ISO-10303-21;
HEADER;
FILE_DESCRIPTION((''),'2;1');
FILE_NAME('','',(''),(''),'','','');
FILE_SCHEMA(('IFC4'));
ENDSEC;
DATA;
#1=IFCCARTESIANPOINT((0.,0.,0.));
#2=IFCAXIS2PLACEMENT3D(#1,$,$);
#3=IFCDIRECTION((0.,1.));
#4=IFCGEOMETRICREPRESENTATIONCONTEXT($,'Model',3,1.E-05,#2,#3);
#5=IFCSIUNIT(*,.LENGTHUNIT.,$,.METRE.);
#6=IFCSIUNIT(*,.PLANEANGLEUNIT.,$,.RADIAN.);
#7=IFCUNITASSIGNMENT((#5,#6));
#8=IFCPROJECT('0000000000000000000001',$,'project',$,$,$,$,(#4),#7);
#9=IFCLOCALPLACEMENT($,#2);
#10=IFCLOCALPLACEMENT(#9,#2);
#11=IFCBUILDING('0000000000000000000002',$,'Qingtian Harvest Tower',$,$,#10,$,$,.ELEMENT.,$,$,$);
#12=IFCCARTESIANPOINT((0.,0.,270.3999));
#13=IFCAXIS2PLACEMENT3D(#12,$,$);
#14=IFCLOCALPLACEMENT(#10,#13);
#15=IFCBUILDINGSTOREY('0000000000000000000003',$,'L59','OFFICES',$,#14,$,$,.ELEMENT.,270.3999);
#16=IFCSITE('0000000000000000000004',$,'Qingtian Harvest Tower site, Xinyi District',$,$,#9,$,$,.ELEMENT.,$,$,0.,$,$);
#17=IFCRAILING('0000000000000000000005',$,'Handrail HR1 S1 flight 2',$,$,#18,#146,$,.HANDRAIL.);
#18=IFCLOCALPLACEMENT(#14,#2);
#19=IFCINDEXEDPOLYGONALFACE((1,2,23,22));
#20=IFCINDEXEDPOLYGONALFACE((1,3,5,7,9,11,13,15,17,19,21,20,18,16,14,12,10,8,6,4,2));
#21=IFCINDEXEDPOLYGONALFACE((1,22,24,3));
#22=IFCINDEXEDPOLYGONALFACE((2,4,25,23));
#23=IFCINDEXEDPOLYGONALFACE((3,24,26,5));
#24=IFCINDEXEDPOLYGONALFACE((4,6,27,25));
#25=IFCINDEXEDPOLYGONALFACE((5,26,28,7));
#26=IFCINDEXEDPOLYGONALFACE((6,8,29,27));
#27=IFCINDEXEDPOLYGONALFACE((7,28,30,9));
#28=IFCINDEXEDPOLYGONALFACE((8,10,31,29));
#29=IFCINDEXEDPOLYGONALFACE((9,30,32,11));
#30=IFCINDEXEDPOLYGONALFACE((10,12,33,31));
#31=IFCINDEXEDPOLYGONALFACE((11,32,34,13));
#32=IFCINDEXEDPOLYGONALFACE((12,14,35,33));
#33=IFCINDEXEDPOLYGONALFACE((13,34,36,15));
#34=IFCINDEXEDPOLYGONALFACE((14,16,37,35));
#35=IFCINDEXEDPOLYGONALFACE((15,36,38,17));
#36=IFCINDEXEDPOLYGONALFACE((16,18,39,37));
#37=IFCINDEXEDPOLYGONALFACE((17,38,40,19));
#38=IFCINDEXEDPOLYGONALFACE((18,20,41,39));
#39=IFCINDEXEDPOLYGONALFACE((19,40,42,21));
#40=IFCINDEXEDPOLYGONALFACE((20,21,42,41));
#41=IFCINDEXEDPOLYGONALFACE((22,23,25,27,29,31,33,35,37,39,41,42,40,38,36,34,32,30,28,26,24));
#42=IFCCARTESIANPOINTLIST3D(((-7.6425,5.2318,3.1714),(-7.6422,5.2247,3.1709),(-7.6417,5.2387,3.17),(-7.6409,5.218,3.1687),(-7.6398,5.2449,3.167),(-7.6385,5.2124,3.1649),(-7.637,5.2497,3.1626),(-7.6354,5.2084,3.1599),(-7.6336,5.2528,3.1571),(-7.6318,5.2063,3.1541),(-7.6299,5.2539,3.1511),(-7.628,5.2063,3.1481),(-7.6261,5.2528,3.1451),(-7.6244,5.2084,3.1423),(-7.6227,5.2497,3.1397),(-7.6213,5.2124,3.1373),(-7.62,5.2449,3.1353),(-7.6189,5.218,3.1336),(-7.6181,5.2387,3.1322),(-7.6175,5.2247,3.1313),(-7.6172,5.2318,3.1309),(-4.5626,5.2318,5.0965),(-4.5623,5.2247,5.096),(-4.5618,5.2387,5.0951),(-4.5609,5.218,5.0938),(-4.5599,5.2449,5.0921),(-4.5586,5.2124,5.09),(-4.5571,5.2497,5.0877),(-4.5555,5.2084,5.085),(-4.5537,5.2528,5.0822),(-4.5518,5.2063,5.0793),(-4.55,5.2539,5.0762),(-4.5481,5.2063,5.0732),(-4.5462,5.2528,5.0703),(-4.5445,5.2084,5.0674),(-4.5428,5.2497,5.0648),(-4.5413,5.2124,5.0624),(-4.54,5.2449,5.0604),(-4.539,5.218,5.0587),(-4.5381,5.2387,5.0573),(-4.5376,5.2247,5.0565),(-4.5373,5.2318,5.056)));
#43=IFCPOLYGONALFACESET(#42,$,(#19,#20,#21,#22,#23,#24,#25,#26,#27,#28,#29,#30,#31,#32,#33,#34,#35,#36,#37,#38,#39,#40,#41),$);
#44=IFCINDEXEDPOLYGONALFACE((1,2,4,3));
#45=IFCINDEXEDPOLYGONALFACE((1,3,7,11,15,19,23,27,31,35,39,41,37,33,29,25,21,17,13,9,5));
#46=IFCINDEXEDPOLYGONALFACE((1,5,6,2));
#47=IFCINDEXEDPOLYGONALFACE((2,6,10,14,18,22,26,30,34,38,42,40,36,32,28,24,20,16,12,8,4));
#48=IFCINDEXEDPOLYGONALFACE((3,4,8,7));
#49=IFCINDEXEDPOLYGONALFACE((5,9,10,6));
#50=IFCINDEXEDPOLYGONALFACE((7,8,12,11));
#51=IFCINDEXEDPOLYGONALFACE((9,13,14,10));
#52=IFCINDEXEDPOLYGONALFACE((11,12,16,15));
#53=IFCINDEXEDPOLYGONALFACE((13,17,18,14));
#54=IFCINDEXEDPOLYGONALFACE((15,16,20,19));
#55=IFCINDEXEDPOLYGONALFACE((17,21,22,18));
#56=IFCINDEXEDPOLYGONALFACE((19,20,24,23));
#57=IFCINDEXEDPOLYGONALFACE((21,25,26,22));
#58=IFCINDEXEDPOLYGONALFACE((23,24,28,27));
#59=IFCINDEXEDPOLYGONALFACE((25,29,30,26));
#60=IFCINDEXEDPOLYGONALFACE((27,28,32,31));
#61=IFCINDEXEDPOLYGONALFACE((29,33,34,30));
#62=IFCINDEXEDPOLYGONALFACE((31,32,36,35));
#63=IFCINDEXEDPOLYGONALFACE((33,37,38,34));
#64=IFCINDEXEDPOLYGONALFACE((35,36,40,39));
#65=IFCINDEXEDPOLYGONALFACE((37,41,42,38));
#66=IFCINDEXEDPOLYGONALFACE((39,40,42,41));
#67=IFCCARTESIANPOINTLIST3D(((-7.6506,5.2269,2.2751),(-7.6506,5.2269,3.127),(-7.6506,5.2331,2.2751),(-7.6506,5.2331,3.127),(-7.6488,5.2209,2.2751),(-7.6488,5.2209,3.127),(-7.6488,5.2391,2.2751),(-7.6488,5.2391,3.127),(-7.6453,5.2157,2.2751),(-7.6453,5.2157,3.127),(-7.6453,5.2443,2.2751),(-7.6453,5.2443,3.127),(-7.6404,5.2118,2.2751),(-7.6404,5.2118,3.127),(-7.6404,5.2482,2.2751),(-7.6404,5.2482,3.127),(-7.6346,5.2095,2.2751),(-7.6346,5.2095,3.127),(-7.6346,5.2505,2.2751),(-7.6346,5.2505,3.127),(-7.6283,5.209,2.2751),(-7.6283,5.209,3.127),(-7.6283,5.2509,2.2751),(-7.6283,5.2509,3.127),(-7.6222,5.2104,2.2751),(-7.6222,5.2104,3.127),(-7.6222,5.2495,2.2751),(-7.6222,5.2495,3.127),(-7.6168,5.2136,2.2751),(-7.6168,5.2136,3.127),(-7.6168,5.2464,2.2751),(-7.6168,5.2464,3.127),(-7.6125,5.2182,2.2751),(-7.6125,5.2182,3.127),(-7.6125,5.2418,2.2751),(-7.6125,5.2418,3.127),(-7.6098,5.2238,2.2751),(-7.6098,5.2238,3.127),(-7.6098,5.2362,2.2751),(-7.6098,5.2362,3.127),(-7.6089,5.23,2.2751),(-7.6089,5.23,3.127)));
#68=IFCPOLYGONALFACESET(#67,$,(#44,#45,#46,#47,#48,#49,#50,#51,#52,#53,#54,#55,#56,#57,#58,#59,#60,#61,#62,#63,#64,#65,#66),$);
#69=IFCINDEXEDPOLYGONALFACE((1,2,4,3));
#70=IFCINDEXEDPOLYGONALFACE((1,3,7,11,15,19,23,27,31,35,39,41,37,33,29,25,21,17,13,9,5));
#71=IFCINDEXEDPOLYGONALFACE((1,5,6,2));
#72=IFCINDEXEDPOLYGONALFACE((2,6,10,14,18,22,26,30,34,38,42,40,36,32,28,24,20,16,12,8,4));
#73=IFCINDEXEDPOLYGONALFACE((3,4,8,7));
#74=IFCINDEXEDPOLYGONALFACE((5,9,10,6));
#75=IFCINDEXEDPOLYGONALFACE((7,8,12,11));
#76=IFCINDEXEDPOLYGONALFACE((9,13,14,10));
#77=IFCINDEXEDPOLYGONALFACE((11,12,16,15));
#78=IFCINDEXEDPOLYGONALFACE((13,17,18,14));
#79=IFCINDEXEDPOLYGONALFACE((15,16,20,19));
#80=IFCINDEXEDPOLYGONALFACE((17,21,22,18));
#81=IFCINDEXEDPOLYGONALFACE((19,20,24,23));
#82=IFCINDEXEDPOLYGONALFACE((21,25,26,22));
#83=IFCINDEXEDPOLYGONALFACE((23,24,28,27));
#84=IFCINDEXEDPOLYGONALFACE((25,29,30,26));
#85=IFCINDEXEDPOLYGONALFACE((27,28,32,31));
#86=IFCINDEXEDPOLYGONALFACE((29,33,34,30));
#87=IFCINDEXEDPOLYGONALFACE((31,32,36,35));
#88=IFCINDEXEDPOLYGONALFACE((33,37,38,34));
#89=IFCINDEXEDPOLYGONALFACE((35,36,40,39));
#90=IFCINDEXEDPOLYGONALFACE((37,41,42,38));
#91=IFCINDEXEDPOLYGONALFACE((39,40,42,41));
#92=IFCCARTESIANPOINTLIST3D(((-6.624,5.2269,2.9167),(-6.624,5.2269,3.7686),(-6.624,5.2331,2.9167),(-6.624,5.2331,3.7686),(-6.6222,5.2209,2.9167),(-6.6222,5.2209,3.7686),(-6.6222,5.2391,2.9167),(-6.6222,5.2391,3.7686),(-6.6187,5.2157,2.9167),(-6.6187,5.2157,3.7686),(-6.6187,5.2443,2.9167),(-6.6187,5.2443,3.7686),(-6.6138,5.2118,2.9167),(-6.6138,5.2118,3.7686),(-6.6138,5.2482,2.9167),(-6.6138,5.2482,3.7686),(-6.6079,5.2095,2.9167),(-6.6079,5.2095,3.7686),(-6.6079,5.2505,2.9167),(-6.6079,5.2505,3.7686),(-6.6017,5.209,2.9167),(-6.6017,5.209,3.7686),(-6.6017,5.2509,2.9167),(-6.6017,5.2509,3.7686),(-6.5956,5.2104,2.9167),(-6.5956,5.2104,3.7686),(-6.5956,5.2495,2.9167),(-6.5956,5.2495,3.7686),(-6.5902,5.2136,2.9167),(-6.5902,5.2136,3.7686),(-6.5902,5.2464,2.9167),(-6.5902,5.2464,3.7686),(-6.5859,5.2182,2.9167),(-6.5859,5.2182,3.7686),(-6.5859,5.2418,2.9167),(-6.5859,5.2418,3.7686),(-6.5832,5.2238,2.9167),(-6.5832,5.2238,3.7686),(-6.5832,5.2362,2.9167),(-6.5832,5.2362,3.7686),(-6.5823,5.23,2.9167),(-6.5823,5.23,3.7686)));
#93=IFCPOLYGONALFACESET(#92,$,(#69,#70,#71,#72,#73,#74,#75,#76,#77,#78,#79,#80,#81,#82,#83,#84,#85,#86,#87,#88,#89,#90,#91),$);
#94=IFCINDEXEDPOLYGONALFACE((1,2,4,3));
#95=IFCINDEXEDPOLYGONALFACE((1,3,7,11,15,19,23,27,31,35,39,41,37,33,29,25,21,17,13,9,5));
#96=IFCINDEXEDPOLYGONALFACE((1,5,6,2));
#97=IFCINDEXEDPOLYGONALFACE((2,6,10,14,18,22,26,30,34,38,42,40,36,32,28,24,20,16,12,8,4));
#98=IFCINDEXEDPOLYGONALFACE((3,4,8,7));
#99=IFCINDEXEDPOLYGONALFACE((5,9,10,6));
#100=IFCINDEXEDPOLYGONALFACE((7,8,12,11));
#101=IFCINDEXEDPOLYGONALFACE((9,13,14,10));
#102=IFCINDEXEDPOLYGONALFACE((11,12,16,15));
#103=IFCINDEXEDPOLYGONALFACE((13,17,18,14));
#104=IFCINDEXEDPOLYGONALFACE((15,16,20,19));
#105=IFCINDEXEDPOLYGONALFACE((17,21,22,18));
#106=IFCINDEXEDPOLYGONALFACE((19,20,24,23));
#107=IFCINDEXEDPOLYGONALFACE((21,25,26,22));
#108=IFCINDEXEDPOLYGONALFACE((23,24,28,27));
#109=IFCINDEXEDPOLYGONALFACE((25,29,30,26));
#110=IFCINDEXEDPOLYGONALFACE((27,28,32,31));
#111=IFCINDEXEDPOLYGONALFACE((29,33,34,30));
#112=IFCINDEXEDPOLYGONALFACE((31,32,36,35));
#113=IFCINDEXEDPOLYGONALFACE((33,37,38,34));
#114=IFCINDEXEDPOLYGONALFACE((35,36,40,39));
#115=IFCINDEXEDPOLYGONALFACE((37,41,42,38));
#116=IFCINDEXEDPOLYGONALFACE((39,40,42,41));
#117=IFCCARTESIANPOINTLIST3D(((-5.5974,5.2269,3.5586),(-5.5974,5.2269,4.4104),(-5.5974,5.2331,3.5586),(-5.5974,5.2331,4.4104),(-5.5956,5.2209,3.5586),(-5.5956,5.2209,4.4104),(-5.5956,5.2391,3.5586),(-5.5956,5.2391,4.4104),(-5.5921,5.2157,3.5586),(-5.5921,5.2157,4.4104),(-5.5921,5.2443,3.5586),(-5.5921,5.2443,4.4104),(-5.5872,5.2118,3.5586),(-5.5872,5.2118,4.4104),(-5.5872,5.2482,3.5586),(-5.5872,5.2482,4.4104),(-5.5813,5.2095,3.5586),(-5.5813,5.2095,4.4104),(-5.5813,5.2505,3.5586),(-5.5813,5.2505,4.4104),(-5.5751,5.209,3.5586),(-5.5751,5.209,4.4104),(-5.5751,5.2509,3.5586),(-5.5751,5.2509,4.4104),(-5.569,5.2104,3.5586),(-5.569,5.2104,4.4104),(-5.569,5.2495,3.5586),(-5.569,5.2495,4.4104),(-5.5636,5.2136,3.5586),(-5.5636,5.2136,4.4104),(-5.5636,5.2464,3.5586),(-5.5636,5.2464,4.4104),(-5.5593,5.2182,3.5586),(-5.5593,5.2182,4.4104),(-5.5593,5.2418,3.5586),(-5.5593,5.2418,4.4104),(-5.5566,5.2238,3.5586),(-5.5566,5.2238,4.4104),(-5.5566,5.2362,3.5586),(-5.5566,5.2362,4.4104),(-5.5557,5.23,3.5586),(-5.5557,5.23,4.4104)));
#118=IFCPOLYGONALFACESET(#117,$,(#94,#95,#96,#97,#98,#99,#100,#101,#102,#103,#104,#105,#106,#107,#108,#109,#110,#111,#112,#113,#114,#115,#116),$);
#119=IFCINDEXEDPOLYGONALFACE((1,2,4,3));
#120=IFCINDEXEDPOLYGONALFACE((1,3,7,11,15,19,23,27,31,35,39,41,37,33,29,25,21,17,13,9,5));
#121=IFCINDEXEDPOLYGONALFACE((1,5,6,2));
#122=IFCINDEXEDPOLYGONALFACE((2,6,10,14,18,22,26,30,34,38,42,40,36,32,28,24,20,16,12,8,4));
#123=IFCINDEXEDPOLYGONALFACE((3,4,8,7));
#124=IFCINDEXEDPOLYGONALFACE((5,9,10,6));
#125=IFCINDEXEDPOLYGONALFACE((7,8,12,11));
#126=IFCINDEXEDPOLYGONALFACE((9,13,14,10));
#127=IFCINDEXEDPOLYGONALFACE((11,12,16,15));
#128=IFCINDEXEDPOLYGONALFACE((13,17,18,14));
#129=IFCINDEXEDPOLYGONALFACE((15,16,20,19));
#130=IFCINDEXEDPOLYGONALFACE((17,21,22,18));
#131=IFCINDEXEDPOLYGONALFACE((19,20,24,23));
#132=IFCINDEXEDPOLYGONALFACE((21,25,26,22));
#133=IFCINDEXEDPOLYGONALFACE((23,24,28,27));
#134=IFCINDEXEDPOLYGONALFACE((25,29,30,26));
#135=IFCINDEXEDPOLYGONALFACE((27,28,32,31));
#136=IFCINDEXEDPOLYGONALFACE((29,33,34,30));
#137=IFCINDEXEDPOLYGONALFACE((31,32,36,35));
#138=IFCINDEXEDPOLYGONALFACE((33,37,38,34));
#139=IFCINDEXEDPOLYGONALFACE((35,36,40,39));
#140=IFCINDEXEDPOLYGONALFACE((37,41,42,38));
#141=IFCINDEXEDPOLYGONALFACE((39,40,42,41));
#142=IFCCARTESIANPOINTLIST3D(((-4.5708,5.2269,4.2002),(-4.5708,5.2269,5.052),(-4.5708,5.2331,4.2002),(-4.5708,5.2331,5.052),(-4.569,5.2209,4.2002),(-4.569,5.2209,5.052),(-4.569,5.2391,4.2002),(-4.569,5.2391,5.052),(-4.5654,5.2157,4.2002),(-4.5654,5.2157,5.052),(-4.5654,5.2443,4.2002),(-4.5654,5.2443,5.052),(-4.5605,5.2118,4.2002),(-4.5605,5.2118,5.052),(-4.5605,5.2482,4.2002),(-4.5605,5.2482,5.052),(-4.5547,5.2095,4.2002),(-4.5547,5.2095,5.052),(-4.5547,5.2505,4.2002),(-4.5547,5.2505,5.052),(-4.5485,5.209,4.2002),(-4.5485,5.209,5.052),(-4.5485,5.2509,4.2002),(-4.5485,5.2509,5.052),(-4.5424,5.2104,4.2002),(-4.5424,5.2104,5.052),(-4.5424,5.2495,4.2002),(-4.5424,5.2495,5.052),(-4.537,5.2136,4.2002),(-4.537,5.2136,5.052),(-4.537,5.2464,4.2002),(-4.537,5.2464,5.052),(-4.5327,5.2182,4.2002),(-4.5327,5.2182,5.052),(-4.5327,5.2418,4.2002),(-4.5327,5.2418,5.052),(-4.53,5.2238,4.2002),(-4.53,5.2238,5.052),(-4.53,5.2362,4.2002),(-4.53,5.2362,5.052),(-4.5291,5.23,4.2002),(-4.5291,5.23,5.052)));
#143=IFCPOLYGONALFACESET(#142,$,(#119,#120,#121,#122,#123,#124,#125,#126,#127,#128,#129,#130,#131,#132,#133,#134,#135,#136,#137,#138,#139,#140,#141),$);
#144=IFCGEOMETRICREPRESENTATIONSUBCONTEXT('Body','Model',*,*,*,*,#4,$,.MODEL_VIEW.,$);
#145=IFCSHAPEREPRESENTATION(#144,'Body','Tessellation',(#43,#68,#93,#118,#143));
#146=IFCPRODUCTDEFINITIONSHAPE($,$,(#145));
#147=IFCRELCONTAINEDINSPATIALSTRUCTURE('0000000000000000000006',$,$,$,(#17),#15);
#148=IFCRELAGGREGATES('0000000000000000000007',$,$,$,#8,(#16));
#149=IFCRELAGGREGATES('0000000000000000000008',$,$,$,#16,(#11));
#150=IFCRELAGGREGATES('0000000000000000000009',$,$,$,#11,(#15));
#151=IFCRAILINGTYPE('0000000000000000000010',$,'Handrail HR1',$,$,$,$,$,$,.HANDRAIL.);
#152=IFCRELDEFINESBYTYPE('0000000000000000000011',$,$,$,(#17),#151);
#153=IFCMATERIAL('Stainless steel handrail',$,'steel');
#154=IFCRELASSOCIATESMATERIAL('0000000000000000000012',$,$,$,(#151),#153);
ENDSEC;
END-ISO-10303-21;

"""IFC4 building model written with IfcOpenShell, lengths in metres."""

from ifc_helpers import new_model, si_unit, direction, frame, origin, origin_2d, place, context, subcontext, project, spatial, circle, extrude, material, type_object, element, save


model = new_model("IFC4")

# Units and contexts
model_context = context("Model", 3, precision=1e-05, world=origin(), true_north=direction((0.0, 1.0)))
body_context = subcontext(model_context, "Body", "Model", "MODEL_VIEW")
ifc_project = project(units=[si_unit("LENGTHUNIT", "METRE"), si_unit("PLANEANGLEUNIT", "RADIAN")], contexts=[model_context])

# Site, building, storey
site_placement = place(None, origin())
site = spatial("IfcSite", under=ifc_project, at=site_placement, Name="Qingtian Harvest Tower site, Xinyi District", CompositionType="ELEMENT", RefElevation=0.0)
building_placement = place(site_placement, origin())
building = spatial("IfcBuilding", under=site, at=building_placement, Name="Qingtian Harvest Tower", CompositionType="ELEMENT")
storey_placement = place(building_placement, frame((0.0, 0.0, 270.3999)))
storey = spatial("IfcBuildingStorey", under=building, at=storey_placement, Name="L59", Description="OFFICES", CompositionType="ELEMENT", Elevation=270.3999)

# Railing
ifc_material_1 = material(Name="Stainless steel handrail", Category="steel")
railing_type = type_object("IfcRailingType", Name="Handrail HR1", PredefinedType="HANDRAIL", material=ifc_material_1)
railing_1_placement = place(storey_placement, frame((-7.6299, 5.23, 2.2751)))
element("IfcRailing", 1, at=railing_1_placement, inside=storey, type_object=railing_type, Name="Handrail HR1 S1 flight 2", PredefinedType="HANDRAIL", context=body_context, shape_type="SweptSolid", body=[
    extrude(circle(Radius=0.0239, at=origin_2d()), frame((0.0, 0.0, 0.876), z_axis=(0.847979, 0.0, 0.530029), x_axis=(0.0, 1.0, 0.0)), (0.0, 0.0, 1.0), 3.6321),
    extrude(circle(Radius=0.021, at=origin_2d()), origin(), (0.0, 0.0, 1.0), 0.8518),
    extrude(circle(Radius=0.021, at=origin_2d()), frame((1.0266, 0.0, 0.6416)), (0.0, 0.0, 1.0), 0.8518),
    extrude(circle(Radius=0.021, at=origin_2d()), frame((2.0532, 0.0, 1.2834)), (0.0, 0.0, 1.0), 0.8518),
    extrude(circle(Radius=0.021, at=origin_2d()), frame((3.0798, 0.0, 1.925)), (0.0, 0.0, 1.0), 0.8518),
])

save(model, "model.ifc")
